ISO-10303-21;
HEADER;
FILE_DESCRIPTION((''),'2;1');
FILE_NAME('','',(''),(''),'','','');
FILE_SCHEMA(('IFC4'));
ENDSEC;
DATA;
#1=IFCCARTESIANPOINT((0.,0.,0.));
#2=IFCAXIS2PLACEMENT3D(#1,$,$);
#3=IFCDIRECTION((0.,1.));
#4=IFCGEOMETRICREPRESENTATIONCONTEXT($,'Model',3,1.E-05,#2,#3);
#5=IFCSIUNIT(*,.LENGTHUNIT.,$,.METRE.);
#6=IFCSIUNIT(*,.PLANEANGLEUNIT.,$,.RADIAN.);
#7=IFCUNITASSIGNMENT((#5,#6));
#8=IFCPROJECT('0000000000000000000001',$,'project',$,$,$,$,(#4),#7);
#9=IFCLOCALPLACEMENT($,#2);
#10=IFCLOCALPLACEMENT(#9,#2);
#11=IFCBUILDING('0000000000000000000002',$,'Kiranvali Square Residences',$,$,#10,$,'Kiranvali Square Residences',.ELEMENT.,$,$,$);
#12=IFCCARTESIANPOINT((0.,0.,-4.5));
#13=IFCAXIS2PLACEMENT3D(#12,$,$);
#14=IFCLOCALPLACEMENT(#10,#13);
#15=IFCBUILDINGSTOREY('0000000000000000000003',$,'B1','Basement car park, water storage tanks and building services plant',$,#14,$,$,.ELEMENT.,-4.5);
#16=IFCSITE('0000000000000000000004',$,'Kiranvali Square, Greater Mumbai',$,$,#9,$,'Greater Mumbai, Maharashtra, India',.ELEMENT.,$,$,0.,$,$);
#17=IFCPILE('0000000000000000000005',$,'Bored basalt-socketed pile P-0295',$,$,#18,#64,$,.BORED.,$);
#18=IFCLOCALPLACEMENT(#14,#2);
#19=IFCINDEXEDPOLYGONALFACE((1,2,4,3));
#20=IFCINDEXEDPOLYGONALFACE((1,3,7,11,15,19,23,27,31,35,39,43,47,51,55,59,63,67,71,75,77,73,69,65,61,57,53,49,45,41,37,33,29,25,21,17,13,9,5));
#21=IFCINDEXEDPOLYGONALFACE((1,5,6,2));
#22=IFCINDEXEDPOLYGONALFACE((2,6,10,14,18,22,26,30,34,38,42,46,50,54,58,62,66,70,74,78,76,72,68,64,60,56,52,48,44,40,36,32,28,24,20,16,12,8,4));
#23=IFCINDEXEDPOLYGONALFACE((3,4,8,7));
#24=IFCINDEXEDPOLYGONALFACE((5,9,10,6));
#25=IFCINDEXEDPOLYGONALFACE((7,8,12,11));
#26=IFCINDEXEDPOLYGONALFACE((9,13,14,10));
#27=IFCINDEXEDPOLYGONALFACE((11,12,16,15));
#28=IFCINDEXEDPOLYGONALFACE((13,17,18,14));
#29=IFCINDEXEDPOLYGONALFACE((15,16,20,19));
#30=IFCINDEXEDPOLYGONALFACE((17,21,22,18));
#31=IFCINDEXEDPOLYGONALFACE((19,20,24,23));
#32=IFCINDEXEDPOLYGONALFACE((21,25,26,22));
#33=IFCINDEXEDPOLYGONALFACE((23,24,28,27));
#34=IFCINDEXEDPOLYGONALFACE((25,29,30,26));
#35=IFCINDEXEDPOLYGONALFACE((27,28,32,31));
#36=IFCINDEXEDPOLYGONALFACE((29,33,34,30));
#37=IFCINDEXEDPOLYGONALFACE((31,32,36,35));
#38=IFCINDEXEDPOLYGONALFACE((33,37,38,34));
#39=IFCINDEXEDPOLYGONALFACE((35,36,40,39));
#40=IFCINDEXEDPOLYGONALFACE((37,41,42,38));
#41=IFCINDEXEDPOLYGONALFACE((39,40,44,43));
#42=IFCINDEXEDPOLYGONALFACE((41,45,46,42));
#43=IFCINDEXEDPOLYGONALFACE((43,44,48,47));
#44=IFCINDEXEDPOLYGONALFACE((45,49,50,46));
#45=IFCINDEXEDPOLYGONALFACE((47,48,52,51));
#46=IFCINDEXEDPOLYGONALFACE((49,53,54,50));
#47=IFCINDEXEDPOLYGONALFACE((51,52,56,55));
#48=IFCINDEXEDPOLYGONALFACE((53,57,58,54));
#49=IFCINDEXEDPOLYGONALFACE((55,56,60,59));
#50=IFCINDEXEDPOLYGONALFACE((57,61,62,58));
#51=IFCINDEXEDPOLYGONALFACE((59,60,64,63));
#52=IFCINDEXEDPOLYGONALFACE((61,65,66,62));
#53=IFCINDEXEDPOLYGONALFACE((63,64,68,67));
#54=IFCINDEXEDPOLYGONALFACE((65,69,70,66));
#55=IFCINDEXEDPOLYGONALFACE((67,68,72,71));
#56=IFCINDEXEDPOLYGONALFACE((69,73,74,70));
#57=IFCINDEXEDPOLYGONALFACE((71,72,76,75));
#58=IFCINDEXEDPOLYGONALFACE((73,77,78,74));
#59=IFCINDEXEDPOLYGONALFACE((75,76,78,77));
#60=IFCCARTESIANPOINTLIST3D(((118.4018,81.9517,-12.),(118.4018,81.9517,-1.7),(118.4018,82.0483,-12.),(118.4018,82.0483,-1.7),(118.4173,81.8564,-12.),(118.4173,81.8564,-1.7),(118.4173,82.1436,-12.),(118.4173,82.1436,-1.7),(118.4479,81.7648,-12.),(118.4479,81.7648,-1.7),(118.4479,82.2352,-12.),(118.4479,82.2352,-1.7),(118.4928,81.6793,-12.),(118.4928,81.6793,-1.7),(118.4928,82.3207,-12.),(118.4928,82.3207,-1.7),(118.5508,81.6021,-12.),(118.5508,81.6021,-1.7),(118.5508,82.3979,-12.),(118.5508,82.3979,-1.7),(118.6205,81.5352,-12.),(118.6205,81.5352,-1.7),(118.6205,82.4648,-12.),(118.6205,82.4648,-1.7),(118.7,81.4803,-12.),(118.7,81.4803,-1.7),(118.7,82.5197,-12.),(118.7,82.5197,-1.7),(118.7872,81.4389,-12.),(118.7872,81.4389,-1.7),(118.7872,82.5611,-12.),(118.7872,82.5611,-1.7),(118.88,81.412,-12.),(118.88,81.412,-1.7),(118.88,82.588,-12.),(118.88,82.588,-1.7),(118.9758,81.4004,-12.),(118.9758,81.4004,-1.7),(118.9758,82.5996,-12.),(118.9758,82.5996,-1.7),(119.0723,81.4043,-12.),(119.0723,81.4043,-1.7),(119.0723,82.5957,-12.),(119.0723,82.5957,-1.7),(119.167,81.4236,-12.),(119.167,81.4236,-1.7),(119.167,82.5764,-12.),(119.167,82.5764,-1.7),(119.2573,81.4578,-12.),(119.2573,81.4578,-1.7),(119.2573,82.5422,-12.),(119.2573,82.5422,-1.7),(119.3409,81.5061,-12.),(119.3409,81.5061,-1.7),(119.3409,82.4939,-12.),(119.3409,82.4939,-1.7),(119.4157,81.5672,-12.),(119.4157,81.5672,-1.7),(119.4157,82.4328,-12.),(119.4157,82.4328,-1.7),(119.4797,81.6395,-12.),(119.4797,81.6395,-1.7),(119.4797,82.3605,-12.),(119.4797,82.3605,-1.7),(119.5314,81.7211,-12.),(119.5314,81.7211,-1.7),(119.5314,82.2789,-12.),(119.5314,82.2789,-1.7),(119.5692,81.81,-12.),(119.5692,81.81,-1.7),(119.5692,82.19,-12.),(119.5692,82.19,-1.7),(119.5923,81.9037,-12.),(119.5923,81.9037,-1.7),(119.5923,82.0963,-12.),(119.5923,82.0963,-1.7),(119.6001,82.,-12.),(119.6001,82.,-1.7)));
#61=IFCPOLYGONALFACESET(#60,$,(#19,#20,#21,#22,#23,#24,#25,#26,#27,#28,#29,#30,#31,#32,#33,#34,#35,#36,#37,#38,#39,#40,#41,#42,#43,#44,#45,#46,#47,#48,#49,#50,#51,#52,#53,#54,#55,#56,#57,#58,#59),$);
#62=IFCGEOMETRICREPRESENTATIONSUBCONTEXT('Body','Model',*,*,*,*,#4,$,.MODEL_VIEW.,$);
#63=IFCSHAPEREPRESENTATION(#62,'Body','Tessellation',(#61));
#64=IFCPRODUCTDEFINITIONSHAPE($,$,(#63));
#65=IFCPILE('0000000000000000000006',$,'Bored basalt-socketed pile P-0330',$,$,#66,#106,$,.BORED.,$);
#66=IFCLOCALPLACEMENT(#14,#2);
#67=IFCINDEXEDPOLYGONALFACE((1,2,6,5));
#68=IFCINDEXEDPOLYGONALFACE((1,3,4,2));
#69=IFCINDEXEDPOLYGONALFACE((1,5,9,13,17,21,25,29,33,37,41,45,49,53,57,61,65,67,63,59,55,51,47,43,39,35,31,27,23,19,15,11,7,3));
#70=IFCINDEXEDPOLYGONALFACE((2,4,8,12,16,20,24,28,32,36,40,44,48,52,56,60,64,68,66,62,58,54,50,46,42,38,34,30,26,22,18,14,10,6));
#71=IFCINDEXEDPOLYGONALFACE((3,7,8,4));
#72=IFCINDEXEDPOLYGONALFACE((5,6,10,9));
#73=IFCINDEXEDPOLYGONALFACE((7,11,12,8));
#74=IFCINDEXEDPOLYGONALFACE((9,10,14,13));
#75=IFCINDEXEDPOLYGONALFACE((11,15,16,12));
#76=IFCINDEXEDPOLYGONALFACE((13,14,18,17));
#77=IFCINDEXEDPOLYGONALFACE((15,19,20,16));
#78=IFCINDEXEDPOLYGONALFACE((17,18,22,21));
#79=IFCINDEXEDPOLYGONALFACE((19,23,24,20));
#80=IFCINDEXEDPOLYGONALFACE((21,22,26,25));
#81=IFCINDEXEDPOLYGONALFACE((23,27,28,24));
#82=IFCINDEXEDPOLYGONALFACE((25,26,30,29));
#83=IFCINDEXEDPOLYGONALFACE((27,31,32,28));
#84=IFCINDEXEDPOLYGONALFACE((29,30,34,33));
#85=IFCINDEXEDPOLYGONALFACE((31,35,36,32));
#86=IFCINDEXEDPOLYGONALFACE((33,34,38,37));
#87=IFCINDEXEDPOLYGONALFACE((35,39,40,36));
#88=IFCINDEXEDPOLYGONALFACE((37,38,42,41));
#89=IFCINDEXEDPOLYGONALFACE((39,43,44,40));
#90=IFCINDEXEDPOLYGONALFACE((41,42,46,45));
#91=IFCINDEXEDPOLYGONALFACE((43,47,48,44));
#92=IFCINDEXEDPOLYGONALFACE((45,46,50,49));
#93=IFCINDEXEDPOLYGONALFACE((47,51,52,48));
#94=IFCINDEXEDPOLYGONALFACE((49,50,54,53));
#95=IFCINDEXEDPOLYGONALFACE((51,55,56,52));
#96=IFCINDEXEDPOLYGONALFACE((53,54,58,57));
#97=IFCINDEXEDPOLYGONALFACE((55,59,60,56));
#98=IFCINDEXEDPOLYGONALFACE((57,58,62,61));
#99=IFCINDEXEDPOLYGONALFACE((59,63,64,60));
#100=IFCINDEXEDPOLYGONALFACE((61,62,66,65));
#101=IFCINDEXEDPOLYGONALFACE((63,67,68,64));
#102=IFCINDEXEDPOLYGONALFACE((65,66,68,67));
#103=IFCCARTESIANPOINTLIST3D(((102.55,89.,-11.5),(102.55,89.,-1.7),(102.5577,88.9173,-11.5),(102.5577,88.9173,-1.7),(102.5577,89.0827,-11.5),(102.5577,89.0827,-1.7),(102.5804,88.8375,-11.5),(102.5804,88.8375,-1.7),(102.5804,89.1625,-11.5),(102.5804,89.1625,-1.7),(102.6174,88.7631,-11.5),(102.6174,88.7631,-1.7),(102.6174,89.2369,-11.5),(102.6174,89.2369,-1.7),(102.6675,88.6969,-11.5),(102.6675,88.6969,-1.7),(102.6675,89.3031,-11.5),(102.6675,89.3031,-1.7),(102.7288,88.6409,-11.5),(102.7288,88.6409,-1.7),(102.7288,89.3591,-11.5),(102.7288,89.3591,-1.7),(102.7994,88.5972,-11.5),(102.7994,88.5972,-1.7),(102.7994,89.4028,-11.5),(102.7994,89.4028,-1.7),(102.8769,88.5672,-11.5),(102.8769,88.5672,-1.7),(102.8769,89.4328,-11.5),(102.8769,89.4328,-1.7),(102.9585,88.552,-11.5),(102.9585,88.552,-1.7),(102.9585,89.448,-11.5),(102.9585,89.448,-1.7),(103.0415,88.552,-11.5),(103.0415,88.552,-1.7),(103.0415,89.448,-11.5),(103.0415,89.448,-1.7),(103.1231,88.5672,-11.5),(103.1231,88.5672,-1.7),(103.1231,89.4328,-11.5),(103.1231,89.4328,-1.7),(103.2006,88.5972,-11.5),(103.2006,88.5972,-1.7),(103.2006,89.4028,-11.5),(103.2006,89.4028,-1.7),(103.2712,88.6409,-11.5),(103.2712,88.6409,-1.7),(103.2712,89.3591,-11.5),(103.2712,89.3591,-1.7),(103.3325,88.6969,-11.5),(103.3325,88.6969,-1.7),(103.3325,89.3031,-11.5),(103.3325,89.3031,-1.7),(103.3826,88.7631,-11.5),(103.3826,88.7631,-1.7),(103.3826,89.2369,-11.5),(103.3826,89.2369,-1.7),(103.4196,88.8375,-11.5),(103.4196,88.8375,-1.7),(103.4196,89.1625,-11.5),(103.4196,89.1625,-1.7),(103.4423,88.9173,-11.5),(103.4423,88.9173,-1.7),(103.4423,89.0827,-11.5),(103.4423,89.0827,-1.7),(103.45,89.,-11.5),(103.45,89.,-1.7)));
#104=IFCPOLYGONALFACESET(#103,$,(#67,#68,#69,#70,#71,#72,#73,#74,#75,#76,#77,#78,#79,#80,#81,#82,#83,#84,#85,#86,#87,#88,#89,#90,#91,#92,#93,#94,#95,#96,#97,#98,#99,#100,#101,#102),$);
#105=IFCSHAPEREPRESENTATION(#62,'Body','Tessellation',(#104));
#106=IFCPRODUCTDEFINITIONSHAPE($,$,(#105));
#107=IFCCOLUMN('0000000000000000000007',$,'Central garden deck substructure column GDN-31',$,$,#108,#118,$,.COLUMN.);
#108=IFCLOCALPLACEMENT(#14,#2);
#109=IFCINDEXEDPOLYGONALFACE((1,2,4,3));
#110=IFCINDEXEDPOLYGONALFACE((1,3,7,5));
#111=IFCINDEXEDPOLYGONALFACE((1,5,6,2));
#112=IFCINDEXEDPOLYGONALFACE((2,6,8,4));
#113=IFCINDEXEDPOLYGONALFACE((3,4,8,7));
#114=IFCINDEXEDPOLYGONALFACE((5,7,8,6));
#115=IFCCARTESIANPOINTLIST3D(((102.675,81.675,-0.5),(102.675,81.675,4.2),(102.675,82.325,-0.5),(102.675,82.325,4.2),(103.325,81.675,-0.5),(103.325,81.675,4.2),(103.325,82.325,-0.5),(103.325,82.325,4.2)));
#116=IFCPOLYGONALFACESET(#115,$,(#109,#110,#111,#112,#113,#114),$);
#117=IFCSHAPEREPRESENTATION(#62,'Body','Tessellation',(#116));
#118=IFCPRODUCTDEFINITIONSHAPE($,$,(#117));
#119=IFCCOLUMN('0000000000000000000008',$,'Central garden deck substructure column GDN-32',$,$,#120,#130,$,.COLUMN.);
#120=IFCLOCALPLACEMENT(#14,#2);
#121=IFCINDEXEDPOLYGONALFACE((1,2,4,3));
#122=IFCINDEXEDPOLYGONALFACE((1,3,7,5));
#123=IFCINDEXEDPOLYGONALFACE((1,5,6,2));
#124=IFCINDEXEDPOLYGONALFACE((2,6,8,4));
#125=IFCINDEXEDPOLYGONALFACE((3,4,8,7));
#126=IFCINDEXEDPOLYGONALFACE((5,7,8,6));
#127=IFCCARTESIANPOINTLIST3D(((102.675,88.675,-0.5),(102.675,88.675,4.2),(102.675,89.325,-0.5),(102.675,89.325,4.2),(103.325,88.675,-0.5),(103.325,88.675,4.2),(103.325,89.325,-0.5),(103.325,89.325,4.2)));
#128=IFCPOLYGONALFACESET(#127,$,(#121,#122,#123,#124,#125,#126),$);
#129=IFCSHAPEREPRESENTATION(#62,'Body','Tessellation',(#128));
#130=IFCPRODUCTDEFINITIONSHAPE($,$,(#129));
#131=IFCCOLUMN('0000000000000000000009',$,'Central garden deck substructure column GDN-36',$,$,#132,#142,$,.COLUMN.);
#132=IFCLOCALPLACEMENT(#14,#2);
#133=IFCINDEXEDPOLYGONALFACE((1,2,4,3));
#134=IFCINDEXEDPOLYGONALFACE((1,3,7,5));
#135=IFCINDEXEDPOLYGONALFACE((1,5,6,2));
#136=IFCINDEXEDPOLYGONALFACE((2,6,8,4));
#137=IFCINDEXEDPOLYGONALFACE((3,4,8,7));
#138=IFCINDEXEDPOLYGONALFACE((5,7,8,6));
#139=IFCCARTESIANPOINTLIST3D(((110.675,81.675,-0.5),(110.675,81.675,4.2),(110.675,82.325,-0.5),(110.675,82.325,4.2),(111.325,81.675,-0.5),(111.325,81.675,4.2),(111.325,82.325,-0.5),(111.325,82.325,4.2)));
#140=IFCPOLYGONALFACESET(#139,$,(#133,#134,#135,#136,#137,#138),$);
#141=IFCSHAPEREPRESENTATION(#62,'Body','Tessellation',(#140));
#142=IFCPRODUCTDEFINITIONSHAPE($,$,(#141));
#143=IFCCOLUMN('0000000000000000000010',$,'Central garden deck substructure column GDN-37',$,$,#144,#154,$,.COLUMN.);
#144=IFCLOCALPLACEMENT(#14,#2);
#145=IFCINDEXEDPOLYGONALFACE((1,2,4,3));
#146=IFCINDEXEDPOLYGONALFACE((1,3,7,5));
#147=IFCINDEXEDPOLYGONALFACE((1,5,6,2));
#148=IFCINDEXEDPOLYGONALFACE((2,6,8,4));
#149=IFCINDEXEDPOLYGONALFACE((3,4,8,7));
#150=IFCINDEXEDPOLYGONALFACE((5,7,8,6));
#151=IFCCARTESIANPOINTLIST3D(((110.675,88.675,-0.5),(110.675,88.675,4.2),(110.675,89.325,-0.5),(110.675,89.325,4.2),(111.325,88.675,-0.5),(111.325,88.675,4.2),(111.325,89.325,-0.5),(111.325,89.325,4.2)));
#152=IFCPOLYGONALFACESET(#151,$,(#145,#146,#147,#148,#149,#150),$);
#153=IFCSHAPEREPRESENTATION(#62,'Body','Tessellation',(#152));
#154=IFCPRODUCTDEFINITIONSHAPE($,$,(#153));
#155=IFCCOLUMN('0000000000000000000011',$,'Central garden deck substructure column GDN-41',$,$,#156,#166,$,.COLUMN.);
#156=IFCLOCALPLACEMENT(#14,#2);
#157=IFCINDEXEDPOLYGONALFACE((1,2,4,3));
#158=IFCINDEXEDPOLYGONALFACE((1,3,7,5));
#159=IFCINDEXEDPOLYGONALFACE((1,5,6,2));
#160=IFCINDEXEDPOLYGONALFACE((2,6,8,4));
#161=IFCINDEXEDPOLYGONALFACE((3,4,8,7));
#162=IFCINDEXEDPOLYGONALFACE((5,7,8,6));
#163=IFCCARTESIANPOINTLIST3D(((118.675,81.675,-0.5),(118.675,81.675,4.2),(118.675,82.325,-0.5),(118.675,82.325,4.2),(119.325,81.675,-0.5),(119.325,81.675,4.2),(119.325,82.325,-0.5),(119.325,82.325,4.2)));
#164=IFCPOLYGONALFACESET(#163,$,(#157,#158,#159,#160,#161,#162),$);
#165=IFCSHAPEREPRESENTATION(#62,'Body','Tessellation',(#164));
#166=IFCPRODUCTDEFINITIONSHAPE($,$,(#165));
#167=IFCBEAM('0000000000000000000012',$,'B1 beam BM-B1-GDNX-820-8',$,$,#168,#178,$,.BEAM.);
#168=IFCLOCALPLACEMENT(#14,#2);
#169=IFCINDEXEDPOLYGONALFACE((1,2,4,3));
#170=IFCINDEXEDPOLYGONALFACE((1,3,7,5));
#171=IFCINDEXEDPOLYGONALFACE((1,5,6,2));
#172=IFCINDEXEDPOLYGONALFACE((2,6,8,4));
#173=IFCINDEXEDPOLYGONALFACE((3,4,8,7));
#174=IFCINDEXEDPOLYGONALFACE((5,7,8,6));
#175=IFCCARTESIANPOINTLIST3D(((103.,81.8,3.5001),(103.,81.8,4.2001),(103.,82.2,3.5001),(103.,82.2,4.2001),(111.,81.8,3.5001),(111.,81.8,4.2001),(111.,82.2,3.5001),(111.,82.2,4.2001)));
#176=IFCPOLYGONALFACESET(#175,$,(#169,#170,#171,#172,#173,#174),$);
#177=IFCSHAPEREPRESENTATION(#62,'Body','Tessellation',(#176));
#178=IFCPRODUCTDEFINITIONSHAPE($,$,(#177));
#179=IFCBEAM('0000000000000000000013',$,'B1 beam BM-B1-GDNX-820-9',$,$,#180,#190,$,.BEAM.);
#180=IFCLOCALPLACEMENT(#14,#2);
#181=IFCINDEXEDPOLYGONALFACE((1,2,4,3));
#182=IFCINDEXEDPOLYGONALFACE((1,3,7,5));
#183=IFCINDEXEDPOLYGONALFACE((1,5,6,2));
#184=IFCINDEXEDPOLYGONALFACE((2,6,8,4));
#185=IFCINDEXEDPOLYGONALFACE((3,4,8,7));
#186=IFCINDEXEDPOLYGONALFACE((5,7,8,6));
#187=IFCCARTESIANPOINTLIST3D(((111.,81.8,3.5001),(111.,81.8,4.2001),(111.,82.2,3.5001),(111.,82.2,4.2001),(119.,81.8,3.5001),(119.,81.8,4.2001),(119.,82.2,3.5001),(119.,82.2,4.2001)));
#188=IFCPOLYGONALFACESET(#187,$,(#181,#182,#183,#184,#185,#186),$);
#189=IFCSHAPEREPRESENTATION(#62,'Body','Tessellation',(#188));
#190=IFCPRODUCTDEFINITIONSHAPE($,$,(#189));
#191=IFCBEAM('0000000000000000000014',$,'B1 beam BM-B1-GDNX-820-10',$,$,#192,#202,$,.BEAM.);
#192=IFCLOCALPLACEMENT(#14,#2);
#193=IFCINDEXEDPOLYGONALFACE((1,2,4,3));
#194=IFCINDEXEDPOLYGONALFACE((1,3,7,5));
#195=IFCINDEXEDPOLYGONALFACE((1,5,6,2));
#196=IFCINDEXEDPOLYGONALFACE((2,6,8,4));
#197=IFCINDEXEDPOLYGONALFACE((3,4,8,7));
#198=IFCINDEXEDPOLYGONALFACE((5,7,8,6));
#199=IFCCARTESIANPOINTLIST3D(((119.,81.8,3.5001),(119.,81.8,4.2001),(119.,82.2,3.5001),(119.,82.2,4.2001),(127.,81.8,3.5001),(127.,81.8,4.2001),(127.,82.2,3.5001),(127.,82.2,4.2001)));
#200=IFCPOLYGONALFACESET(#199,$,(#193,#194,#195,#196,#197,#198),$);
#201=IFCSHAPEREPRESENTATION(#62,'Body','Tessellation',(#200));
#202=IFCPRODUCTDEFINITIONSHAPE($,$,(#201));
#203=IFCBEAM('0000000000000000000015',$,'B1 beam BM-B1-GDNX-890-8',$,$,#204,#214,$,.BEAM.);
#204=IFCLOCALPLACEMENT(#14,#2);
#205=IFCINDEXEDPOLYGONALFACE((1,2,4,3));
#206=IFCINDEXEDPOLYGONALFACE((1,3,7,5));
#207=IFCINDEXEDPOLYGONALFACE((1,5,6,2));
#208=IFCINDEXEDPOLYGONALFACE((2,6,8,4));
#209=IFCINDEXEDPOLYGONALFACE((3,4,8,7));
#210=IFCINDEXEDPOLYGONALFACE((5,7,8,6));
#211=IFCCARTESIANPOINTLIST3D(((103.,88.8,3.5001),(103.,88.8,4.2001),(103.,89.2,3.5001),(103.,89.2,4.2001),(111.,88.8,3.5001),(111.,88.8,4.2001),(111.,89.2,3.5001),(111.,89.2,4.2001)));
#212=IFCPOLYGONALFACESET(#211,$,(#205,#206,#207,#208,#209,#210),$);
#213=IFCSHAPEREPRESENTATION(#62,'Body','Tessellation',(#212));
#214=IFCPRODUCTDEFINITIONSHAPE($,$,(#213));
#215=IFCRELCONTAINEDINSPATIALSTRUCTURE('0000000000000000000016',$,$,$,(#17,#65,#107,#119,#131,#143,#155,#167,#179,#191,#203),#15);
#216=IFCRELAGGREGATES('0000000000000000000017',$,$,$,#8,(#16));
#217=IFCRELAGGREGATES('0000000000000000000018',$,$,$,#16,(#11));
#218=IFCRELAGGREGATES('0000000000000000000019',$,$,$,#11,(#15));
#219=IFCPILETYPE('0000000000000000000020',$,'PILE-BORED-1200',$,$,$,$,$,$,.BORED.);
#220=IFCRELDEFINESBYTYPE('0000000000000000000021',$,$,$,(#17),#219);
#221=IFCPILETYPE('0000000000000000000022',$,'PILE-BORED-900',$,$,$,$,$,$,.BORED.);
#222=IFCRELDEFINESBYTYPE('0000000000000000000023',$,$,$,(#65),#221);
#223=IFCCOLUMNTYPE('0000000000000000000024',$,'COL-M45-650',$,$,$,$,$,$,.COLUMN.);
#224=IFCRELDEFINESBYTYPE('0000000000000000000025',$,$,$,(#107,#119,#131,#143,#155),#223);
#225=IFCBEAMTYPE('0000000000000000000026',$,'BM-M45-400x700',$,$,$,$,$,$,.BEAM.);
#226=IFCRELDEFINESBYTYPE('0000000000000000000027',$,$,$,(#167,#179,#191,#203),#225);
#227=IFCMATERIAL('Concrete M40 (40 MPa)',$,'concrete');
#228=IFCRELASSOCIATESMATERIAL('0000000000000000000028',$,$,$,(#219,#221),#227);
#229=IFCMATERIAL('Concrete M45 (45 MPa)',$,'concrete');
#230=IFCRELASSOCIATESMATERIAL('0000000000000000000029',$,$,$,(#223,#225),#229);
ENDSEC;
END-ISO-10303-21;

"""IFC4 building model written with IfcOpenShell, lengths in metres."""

from ifc_helpers import new_model, si_unit, direction, frame, origin, origin_2d, place, context, subcontext, project, spatial, rectangle, circle, extrude, material, material_profile, profile_set, type_object, element, save


model = new_model("IFC4")

# Units and contexts
model_context = context("Model", 3, precision=1e-05, world=origin(), true_north=direction((0.0, 1.0)))
body_context = subcontext(model_context, "Body", "Model", "MODEL_VIEW")
ifc_project = project(units=[si_unit("LENGTHUNIT", "METRE"), si_unit("PLANEANGLEUNIT", "RADIAN")], contexts=[model_context])

# Site, building, storey
site_placement = place(None, origin())
site = spatial("IfcSite", under=ifc_project, at=site_placement, Name="Kiranvali Square, Greater Mumbai", LongName="Greater Mumbai, Maharashtra, India", CompositionType="ELEMENT", RefElevation=0.0)
building_placement = place(site_placement, origin())
building = spatial("IfcBuilding", under=site, at=building_placement, Name="Kiranvali Square Residences", LongName="Kiranvali Square Residences", CompositionType="ELEMENT")
storey_placement = place(building_placement, frame((0.0, 0.0, -4.5)))
storey = spatial("IfcBuildingStorey", under=building, at=storey_placement, Name="B1", Description="Basement car park, water storage tanks and building services plant", CompositionType="ELEMENT", Elevation=-4.5)

# Shared definitions
ifc_material_1 = material(Name="Concrete M40 (40 MPa)", Category="concrete")

# Piles
ifc_material_profile_1 = material_profile(ifc_material_1, circle(Radius=0.6001, at=origin_2d()), Name="BORED PILE 1200")
ifc_profile_set_1 = profile_set([ifc_material_profile_1], Name="Concrete M40 (40 MPa)")
pile_type_1 = type_object("IfcPileType", Name="PILE-BORED-1200", PredefinedType="BORED", material=ifc_profile_set_1)
for number, where, z_axis, x_axis, name in (
    (1, (119.0, 82.0, -1.7), (0.0, 0.0, -1.0), (1.0, 0.0, 0.0), "Bored basalt-socketed pile P-0295"),
):
    element("IfcPile", number, at=place(storey_placement, frame(where, z_axis=z_axis, x_axis=x_axis)), inside=storey, type_object=pile_type_1, Name=name, PredefinedType="BORED", context=body_context, shape_type="SweptSolid", body=[
        extrude(circle(Radius=0.6001, at=origin_2d()), origin(), (0.0, 0.0, 1.0), 10.3),
    ])
ifc_material_profile_2 = material_profile(ifc_material_1, circle(Radius=0.45, at=origin_2d()), Name="BORED PILE 900")
ifc_profile_set_2 = profile_set([ifc_material_profile_2], Name="Concrete M40 (40 MPa)")
pile_type_2 = type_object("IfcPileType", Name="PILE-BORED-900", PredefinedType="BORED", material=ifc_profile_set_2)
pile_1_placement = place(storey_placement, frame((103.0, 89.0, -1.7), z_axis=(0.0, 0.0, -1.0), x_axis=(1.0, 0.0, 0.0)))
element("IfcPile", 2, at=pile_1_placement, inside=storey, type_object=pile_type_2, Name="Bored basalt-socketed pile P-0330", PredefinedType="BORED", context=body_context, shape_type="SweptSolid", body=[
    extrude(circle(Radius=0.45, at=origin_2d()), origin(), (0.0, 0.0, 1.0), 9.8),
])

# Columns
ifc_material_2 = material(Name="Concrete M45 (45 MPa)", Category="concrete")
ifc_material_profile_3 = material_profile(ifc_material_2, rectangle(XDim=0.6499, YDim=0.6499, at=origin_2d()), Name="RC 650x650")
ifc_profile_set_3 = profile_set([ifc_material_profile_3], Name="Concrete M45 (45 MPa)")
column_type = type_object("IfcColumnType", Name="COL-M45-650", PredefinedType="COLUMN", material=ifc_profile_set_3)
for number, where, z_axis, x_axis, name in (
    (3, (103.0, 82.0, -0.5), (0.0, 0.0, 1.0), (1.0, 0.0, 0.0), "Central garden deck substructure column GDN-31"),
    (4, (103.0, 89.0, -0.5), (0.0, 0.0, 1.0), (1.0, 0.0, 0.0), "Central garden deck substructure column GDN-32"),
    (5, (111.0, 82.0, -0.5), (0.0, 0.0, 1.0), (1.0, 0.0, 0.0), "Central garden deck substructure column GDN-36"),
    (6, (111.0, 89.0, -0.5), (0.0, 0.0, 1.0), (1.0, 0.0, 0.0), "Central garden deck substructure column GDN-37"),
    (7, (119.0, 82.0, -0.5), (0.0, 0.0, 1.0), (1.0, 0.0, 0.0), "Central garden deck substructure column GDN-41"),
):
    element("IfcColumn", number, at=place(storey_placement, frame(where, z_axis=z_axis, x_axis=x_axis)), inside=storey, type_object=column_type, Name=name, PredefinedType="COLUMN", context=body_context, shape_type="SweptSolid", body=[
        extrude(rectangle(XDim=0.6499, YDim=0.6499, at=origin_2d()), origin(), (0.0, 0.0, 1.0), 4.7),
    ])

# Beams
ifc_material_profile_4 = material_profile(ifc_material_2, rectangle(XDim=0.3999, YDim=0.7, at=origin_2d()), Name="RC 400x700")
ifc_profile_set_4 = profile_set([ifc_material_profile_4], Name="Concrete M45 (45 MPa)")
beam_type = type_object("IfcBeamType", Name="BM-M45-400x700", PredefinedType="BEAM", material=ifc_profile_set_4)
for number, where, z_axis, x_axis, name in (
    (8, (103.0, 82.0, 3.8501), (1.0, 0.0, 0.0), (0.0, 1.0, 0.0), "B1 beam BM-B1-GDNX-820-8"),
    (9, (111.0, 82.0, 3.8501), (1.0, 0.0, 0.0), (0.0, 1.0, 0.0), "B1 beam BM-B1-GDNX-820-9"),
    (10, (119.0, 82.0, 3.8501), (1.0, 0.0, 0.0), (0.0, 1.0, 0.0), "B1 beam BM-B1-GDNX-820-10"),
    (11, (103.0, 89.0, 3.8501), (1.0, 0.0, 0.0), (0.0, 1.0, 0.0), "B1 beam BM-B1-GDNX-890-8"),
):
    element("IfcBeam", number, at=place(storey_placement, frame(where, z_axis=z_axis, x_axis=x_axis)), inside=storey, type_object=beam_type, Name=name, PredefinedType="BEAM", context=body_context, shape_type="SweptSolid", body=[
        extrude(rectangle(XDim=0.3999, YDim=0.7, at=origin_2d()), origin(), (0.0, 0.0, 1.0), 8.0),
    ])

save(model, "model.ifc")
